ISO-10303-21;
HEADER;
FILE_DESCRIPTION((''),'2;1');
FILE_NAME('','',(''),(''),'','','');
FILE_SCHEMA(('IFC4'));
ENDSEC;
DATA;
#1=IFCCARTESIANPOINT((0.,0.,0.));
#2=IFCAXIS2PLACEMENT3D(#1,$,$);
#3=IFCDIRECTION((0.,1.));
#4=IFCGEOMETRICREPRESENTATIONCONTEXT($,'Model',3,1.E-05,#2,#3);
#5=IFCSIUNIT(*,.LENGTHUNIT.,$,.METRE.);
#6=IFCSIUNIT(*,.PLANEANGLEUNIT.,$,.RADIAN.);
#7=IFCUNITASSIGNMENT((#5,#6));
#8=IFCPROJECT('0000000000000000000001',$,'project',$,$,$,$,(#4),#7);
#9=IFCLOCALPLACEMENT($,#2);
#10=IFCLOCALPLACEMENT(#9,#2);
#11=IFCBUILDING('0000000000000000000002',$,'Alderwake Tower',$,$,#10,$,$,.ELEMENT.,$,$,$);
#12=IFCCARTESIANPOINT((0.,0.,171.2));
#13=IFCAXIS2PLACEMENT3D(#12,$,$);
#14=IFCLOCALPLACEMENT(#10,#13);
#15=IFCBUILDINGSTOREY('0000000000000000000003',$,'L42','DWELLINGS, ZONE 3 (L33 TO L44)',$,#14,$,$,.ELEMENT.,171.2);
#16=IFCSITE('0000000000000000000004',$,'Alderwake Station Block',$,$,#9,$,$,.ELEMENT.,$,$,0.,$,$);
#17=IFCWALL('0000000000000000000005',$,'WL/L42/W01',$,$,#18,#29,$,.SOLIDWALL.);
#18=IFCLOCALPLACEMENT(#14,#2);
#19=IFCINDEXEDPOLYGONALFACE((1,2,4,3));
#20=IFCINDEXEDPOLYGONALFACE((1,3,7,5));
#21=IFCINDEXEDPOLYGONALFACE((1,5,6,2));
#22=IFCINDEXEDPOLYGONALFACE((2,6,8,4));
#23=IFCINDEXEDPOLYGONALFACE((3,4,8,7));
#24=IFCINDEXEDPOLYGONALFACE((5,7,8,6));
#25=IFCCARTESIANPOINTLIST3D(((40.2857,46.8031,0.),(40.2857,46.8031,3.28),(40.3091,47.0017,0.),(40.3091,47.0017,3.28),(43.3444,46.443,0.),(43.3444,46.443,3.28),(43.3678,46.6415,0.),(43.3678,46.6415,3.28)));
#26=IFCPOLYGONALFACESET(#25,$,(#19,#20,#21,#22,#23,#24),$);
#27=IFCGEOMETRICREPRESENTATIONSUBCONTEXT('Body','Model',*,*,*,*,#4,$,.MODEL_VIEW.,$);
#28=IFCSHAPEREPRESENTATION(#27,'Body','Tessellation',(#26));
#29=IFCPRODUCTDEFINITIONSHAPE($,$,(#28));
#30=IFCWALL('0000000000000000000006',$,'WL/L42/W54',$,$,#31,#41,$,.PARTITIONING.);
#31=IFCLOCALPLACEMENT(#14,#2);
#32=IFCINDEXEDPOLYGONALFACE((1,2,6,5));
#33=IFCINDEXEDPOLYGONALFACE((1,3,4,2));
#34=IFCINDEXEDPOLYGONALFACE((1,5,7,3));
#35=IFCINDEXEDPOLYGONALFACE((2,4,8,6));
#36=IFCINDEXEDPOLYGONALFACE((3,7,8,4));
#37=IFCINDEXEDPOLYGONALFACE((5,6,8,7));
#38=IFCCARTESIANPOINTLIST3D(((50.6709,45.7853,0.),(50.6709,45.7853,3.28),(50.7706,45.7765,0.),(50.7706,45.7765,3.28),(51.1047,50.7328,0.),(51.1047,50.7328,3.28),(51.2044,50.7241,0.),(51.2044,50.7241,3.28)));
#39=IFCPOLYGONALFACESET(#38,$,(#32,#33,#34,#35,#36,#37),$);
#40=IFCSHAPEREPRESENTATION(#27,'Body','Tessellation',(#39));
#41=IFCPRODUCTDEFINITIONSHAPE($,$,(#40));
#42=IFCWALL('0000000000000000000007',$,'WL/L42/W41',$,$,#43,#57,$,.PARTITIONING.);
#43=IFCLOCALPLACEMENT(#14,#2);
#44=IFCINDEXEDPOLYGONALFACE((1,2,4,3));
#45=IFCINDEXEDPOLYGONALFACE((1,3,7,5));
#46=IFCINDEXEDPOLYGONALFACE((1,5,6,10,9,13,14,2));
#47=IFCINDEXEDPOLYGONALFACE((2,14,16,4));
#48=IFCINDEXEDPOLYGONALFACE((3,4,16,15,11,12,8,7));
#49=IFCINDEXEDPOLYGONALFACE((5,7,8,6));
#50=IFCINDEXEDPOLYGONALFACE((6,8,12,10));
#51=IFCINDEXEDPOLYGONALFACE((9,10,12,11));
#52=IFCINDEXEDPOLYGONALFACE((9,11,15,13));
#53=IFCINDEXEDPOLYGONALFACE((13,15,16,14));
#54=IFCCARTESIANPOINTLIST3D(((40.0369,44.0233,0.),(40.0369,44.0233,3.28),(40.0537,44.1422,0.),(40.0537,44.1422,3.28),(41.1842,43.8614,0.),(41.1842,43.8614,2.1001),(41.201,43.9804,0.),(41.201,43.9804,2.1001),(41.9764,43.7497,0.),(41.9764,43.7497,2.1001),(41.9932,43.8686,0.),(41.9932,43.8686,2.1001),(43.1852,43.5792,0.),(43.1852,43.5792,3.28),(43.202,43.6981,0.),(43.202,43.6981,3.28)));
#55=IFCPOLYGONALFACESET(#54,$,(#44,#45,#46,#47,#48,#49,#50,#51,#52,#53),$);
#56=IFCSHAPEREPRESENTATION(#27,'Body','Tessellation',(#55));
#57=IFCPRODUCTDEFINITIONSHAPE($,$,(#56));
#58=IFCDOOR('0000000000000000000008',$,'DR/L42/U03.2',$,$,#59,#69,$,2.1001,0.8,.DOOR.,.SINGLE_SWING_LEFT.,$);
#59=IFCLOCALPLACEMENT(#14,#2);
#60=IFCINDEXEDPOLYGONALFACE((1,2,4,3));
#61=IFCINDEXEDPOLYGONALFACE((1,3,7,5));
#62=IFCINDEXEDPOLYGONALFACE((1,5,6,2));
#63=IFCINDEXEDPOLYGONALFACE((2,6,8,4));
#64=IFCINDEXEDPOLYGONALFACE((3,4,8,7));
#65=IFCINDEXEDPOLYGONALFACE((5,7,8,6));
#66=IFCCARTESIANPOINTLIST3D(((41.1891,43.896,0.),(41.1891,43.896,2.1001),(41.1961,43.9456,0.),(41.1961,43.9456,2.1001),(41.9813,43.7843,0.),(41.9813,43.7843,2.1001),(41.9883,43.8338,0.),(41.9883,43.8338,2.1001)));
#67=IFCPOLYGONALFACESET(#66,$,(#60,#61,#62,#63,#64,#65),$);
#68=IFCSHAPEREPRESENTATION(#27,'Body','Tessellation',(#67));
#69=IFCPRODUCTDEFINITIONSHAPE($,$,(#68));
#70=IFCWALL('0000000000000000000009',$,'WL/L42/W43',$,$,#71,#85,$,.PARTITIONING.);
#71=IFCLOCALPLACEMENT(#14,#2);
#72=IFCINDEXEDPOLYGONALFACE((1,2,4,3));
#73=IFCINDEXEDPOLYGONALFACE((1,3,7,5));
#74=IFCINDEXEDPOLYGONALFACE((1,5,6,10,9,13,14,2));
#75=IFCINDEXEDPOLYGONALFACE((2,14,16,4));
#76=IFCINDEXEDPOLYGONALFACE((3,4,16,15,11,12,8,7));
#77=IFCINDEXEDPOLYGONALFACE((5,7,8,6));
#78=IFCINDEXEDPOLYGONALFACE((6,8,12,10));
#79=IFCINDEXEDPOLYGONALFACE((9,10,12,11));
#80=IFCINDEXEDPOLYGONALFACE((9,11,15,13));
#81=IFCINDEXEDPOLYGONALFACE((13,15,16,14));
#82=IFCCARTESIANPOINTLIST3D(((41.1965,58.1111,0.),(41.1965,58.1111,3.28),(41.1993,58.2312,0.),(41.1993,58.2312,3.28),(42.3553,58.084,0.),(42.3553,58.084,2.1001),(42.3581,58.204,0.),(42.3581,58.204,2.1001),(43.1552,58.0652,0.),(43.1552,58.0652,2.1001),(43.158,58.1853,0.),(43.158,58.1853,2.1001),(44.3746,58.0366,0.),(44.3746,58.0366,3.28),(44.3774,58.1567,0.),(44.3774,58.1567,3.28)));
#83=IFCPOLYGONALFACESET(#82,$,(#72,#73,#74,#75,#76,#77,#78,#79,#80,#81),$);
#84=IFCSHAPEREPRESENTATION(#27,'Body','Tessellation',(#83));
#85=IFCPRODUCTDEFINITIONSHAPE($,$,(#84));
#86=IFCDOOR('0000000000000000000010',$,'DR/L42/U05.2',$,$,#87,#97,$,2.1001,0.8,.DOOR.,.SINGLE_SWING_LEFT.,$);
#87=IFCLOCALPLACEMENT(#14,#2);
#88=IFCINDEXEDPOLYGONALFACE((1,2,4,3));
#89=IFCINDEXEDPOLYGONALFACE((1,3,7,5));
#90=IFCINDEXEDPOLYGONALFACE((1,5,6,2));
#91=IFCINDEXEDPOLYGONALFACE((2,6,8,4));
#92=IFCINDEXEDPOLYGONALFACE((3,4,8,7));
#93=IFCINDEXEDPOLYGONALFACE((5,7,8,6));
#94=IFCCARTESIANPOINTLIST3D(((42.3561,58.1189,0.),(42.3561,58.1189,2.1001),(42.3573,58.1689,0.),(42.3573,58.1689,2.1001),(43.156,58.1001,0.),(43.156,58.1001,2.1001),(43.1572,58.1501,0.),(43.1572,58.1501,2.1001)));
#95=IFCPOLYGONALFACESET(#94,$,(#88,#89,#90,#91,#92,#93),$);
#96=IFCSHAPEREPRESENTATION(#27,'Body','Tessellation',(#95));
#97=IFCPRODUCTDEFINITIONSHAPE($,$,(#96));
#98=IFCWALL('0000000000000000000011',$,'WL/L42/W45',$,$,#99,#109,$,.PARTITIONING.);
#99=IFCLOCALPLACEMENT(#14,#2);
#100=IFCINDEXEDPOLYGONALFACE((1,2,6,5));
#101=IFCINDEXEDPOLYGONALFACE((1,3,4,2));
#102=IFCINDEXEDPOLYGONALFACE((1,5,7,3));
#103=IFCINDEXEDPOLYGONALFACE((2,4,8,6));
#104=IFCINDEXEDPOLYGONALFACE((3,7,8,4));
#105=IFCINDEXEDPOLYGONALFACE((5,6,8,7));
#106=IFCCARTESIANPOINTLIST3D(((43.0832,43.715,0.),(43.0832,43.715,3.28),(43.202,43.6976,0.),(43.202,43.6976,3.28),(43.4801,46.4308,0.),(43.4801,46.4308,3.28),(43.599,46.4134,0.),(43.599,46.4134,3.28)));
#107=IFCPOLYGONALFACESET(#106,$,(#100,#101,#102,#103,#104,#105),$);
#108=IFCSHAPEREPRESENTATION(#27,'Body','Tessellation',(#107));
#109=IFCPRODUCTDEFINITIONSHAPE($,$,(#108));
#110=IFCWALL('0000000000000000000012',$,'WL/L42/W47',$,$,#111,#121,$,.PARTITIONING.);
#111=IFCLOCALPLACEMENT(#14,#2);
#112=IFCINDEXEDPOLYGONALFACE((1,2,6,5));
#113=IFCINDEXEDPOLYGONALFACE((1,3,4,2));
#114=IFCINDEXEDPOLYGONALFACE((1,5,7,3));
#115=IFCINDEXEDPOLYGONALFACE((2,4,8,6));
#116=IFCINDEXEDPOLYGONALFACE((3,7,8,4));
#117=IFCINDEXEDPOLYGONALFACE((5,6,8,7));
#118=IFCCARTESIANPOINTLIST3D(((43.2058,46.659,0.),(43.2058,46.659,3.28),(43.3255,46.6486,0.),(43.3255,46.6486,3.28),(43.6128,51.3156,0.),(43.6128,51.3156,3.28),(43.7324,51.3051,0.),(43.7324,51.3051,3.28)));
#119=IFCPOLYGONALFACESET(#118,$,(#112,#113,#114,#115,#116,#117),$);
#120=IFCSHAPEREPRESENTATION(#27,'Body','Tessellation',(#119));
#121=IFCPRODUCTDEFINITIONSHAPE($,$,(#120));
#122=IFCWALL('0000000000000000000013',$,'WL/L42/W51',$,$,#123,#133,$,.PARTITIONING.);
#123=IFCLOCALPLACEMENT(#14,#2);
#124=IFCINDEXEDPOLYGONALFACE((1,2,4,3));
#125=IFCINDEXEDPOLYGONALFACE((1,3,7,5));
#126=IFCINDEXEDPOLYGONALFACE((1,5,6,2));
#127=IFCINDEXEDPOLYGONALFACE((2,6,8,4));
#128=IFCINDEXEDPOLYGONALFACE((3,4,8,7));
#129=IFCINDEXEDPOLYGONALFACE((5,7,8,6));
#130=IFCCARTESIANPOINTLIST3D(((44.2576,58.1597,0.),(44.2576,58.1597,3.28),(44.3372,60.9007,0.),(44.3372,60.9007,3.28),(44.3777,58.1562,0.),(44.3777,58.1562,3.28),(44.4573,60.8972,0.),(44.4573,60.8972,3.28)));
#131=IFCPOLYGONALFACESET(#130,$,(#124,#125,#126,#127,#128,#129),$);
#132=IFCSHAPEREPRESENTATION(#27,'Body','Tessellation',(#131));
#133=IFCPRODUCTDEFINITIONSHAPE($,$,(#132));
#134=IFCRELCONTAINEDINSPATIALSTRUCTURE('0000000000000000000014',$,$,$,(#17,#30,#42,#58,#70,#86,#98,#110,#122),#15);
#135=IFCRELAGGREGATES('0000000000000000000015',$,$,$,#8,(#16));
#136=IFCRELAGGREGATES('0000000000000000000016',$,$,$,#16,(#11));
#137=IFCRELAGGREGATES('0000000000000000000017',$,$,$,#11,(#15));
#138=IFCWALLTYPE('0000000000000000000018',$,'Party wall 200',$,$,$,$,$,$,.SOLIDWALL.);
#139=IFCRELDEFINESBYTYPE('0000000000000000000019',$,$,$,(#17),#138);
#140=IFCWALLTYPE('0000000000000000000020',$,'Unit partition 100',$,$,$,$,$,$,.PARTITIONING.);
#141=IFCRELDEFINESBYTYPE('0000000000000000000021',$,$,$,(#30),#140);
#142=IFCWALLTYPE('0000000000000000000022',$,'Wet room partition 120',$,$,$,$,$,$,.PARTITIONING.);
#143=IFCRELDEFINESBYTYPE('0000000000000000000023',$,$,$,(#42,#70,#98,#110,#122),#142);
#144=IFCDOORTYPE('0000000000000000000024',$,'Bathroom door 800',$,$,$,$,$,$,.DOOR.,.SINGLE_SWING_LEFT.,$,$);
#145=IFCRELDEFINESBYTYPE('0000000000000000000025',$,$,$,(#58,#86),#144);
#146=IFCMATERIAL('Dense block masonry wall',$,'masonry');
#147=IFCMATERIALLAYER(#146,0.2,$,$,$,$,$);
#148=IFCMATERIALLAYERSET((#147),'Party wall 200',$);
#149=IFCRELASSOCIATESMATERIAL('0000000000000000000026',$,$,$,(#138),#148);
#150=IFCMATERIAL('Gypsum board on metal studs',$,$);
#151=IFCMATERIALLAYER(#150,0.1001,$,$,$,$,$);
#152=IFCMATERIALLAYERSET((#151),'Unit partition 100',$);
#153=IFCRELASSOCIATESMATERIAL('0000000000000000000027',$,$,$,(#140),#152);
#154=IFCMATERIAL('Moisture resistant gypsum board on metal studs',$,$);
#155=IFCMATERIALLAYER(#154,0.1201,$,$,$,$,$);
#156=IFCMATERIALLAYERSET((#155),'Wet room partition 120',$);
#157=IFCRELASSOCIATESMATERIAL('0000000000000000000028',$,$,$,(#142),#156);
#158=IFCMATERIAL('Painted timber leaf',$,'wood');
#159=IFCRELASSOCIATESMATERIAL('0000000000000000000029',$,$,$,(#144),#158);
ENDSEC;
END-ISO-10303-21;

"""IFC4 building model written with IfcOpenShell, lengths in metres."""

from ifc_helpers import new_model, si_unit, direction, frame, frame_2d, origin, place, context, subcontext, project, spatial, rectangle, extrude, material, layer, layer_set, type_object, element, fill, save


model = new_model("IFC4")

# Units and contexts
model_context = context("Model", 3, precision=1e-05, world=origin(), true_north=direction((0.0, 1.0)))
body_context = subcontext(model_context, "Body", "Model", "MODEL_VIEW")
ifc_project = project(units=[si_unit("LENGTHUNIT", "METRE"), si_unit("PLANEANGLEUNIT", "RADIAN")], contexts=[model_context])

# Site, building, storey
site_placement = place(None, origin())
site = spatial("IfcSite", under=ifc_project, at=site_placement, Name="Alderwake Station Block", CompositionType="ELEMENT", RefElevation=0.0)
building_placement = place(site_placement, origin())
building = spatial("IfcBuilding", under=site, at=building_placement, Name="Alderwake Tower", CompositionType="ELEMENT")
storey_placement = place(building_placement, frame((0.0, 0.0, 171.2)))
storey = spatial("IfcBuildingStorey", under=building, at=storey_placement, Name="L42", Description="DWELLINGS, ZONE 3 (L33 TO L44)", CompositionType="ELEMENT", Elevation=171.2)

# Walls
ifc_material_1 = material(Name="Dense block masonry wall", Category="masonry")
ifc_layer_1 = layer(ifc_material_1, 0.2)
ifc_layer_set_1 = layer_set([ifc_layer_1], Name="Party wall 200")
wall_type_1 = type_object("IfcWallType", Name="Party wall 200", PredefinedType="SOLIDWALL", material=ifc_layer_set_1)
wall_1_placement = place(storey_placement, frame((43.3562, 46.5422, 0.0), z_axis=(0.0, 0.0, 1.0), x_axis=(-0.99314, 0.116929, 0.0)))
element("IfcWall", 1, at=wall_1_placement, inside=storey, type_object=wall_type_1, Name="WL/L42/W01", PredefinedType="SOLIDWALL", context=body_context, shape_type="SweptSolid", body=[
    extrude(rectangle(XDim=3.0798, YDim=0.2, at=frame_2d((1.54, 0.0))), origin(), (0.0, 0.0, 1.0), 3.28),
])
ifc_material_2 = material(Name="Gypsum board on metal studs")
ifc_layer_2 = layer(ifc_material_2, 0.1001)
ifc_layer_set_2 = layer_set([ifc_layer_2], Name="Unit partition 100")
wall_type_2 = type_object("IfcWallType", Name="Unit partition 100", PredefinedType="PARTITIONING", material=ifc_layer_set_2)
wall_2_placement = place(storey_placement, frame((50.7207, 45.7808, 0.0), z_axis=(0.0, 0.0, 1.0), x_axis=(0.087353, 0.996177, 0.0)))
element("IfcWall", 2, at=wall_2_placement, inside=storey, type_object=wall_type_2, Name="WL/L42/W54", PredefinedType="PARTITIONING", context=body_context, shape_type="SweptSolid", body=[
    extrude(rectangle(XDim=4.9666, YDim=0.1001, at=frame_2d((2.4834, 0.0))), origin(), (0.0, 0.0, 1.0), 3.28),
])

# Walls, openings, doors
ifc_material_3 = material(Name="Moisture resistant gypsum board on metal studs")
ifc_layer_3 = layer(ifc_material_3, 0.1201)
ifc_layer_set_3 = layer_set([ifc_layer_3], Name="Wet room partition 120")
wall_type_3 = type_object("IfcWallType", Name="Wet room partition 120", PredefinedType="PARTITIONING", material=ifc_layer_set_3)
wall_3_placement = place(storey_placement, frame((40.0452, 44.0828, 0.0), z_axis=(0.0, 0.0, 1.0), x_axis=(0.990197, -0.13968, 0.0)))
wall_3 = element("IfcWall", 3, at=wall_3_placement, inside=storey, type_object=wall_type_3, Name="WL/L42/W41", PredefinedType="PARTITIONING", context=body_context, shape_type="SweptSolid", body=[
    extrude(rectangle(XDim=3.1794, YDim=0.1201, at=frame_2d((1.5898, 0.0))), origin(), (0.0, 0.0, 1.0), 3.28),
])
opening_1_placement = place(wall_3_placement, frame((1.1589, 0.0, 0.0)))
opening_1 = element("IfcOpeningElement", 4, at=opening_1_placement, cuts=wall_3, PredefinedType="OPENING", context=body_context, shape_type="SweptSolid", body=[
    extrude(rectangle(XDim=0.8, YDim=2.1001, at=frame_2d((0.3999, 1.05))), frame((0.0, 0.0701, 0.0), z_axis=(0.0, -1.0, 0.0), x_axis=(1.0, 0.0, 0.0)), (0.0, 0.0, 1.0), 0.1401),
])
ifc_material_4 = material(Name="Painted timber leaf", Category="wood")
door_type_1 = type_object("IfcDoorType", Name="Bathroom door 800", OperationType="SINGLE_SWING_LEFT", PredefinedType="DOOR", material=ifc_material_4)
door_1_placement = place(opening_1_placement, origin())
door_1 = element("IfcDoor", 5, at=door_1_placement, inside=storey, type_object=door_type_1, Name="DR/L42/U03.2", OperationType="SINGLE_SWING_LEFT", OverallHeight=2.1001, OverallWidth=0.8, PredefinedType="DOOR", context=body_context, shape_type="SweptSolid", body=[
    extrude(rectangle(XDim=0.8, YDim=2.1001, at=frame_2d((0.3999, 1.05))), frame((0.0, 0.0249, 0.0), z_axis=(0.0, -1.0, 0.0), x_axis=(1.0, 0.0, 0.0)), (0.0, 0.0, 1.0), 0.05),
])
fill(opening_1, door_1)
wall_4_placement = place(storey_placement, frame((41.198, 58.1711, 0.0), z_axis=(0.0, 0.0, 1.0), x_axis=(0.999726, -0.023424, 0.0)))
wall_4 = element("IfcWall", 6, at=wall_4_placement, inside=storey, type_object=wall_type_3, Name="WL/L42/W43", PredefinedType="PARTITIONING", context=body_context, shape_type="SweptSolid", body=[
    extrude(rectangle(XDim=3.179, YDim=0.1201, at=frame_2d((1.5894, 0.0))), origin(), (0.0, 0.0, 1.0), 3.28),
])
opening_2_placement = place(wall_4_placement, frame((1.1592, 0.0, 0.0)))
opening_2 = element("IfcOpeningElement", 7, at=opening_2_placement, cuts=wall_4, PredefinedType="OPENING", context=body_context, shape_type="SweptSolid", body=[
    extrude(rectangle(XDim=0.8, YDim=2.1001, at=frame_2d((0.3999, 1.05))), frame((0.0, 0.0701, 0.0), z_axis=(0.0, -1.0, 0.0), x_axis=(1.0, 0.0, 0.0)), (0.0, 0.0, 1.0), 0.1401),
])
door_2_placement = place(opening_2_placement, origin())
door_2 = element("IfcDoor", 8, at=door_2_placement, inside=storey, type_object=door_type_1, Name="DR/L42/U05.2", OperationType="SINGLE_SWING_LEFT", OverallHeight=2.1001, OverallWidth=0.8, PredefinedType="DOOR", context=body_context, shape_type="SweptSolid", body=[
    extrude(rectangle(XDim=0.8, YDim=2.1001, at=frame_2d((0.3999, 1.05))), frame((0.0, 0.0249, 0.0), z_axis=(0.0, -1.0, 0.0), x_axis=(1.0, 0.0, 0.0)), (0.0, 0.0, 1.0), 0.05),
])
fill(opening_2, door_2)

# Walls
wall_5_placement = place(storey_placement, frame((43.1426, 43.7063, 0.0), z_axis=(0.0, 0.0, 1.0), x_axis=(0.144634, 0.989485, 0.0)))
element("IfcWall", 9, at=wall_5_placement, inside=storey, type_object=wall_type_3, Name="WL/L42/W45", PredefinedType="PARTITIONING", context=body_context, shape_type="SweptSolid", body=[
    extrude(rectangle(XDim=2.7446, YDim=0.1201, at=frame_2d((1.3723, 0.0))), origin(), (0.0, 0.0, 1.0), 3.28),
])
wall_6_placement = place(storey_placement, frame((43.2656, 46.6538, 0.0), z_axis=(0.0, 0.0, 1.0), x_axis=(0.087069, 0.996202, 0.0)))
element("IfcWall", 10, at=wall_6_placement, inside=storey, type_object=wall_type_3, Name="WL/L42/W47", PredefinedType="PARTITIONING", context=body_context, shape_type="SweptSolid", body=[
    extrude(rectangle(XDim=4.6743, YDim=0.1201, at=frame_2d((2.3372, 0.0))), origin(), (0.0, 0.0, 1.0), 3.28),
])
wall_7_placement = place(storey_placement, frame((44.3176, 58.158, 0.0), z_axis=(0.0, 0.0, 1.0), x_axis=(0.029025, 0.999579, 0.0)))
element("IfcWall", 11, at=wall_7_placement, inside=storey, type_object=wall_type_3, Name="WL/L42/W51", PredefinedType="PARTITIONING", context=body_context, shape_type="SweptSolid", body=[
    extrude(rectangle(XDim=2.7422, YDim=0.1201, at=frame_2d((1.3711, 0.0))), origin(), (0.0, 0.0, 1.0), 3.28),
])

save(model, "model.ifc")
